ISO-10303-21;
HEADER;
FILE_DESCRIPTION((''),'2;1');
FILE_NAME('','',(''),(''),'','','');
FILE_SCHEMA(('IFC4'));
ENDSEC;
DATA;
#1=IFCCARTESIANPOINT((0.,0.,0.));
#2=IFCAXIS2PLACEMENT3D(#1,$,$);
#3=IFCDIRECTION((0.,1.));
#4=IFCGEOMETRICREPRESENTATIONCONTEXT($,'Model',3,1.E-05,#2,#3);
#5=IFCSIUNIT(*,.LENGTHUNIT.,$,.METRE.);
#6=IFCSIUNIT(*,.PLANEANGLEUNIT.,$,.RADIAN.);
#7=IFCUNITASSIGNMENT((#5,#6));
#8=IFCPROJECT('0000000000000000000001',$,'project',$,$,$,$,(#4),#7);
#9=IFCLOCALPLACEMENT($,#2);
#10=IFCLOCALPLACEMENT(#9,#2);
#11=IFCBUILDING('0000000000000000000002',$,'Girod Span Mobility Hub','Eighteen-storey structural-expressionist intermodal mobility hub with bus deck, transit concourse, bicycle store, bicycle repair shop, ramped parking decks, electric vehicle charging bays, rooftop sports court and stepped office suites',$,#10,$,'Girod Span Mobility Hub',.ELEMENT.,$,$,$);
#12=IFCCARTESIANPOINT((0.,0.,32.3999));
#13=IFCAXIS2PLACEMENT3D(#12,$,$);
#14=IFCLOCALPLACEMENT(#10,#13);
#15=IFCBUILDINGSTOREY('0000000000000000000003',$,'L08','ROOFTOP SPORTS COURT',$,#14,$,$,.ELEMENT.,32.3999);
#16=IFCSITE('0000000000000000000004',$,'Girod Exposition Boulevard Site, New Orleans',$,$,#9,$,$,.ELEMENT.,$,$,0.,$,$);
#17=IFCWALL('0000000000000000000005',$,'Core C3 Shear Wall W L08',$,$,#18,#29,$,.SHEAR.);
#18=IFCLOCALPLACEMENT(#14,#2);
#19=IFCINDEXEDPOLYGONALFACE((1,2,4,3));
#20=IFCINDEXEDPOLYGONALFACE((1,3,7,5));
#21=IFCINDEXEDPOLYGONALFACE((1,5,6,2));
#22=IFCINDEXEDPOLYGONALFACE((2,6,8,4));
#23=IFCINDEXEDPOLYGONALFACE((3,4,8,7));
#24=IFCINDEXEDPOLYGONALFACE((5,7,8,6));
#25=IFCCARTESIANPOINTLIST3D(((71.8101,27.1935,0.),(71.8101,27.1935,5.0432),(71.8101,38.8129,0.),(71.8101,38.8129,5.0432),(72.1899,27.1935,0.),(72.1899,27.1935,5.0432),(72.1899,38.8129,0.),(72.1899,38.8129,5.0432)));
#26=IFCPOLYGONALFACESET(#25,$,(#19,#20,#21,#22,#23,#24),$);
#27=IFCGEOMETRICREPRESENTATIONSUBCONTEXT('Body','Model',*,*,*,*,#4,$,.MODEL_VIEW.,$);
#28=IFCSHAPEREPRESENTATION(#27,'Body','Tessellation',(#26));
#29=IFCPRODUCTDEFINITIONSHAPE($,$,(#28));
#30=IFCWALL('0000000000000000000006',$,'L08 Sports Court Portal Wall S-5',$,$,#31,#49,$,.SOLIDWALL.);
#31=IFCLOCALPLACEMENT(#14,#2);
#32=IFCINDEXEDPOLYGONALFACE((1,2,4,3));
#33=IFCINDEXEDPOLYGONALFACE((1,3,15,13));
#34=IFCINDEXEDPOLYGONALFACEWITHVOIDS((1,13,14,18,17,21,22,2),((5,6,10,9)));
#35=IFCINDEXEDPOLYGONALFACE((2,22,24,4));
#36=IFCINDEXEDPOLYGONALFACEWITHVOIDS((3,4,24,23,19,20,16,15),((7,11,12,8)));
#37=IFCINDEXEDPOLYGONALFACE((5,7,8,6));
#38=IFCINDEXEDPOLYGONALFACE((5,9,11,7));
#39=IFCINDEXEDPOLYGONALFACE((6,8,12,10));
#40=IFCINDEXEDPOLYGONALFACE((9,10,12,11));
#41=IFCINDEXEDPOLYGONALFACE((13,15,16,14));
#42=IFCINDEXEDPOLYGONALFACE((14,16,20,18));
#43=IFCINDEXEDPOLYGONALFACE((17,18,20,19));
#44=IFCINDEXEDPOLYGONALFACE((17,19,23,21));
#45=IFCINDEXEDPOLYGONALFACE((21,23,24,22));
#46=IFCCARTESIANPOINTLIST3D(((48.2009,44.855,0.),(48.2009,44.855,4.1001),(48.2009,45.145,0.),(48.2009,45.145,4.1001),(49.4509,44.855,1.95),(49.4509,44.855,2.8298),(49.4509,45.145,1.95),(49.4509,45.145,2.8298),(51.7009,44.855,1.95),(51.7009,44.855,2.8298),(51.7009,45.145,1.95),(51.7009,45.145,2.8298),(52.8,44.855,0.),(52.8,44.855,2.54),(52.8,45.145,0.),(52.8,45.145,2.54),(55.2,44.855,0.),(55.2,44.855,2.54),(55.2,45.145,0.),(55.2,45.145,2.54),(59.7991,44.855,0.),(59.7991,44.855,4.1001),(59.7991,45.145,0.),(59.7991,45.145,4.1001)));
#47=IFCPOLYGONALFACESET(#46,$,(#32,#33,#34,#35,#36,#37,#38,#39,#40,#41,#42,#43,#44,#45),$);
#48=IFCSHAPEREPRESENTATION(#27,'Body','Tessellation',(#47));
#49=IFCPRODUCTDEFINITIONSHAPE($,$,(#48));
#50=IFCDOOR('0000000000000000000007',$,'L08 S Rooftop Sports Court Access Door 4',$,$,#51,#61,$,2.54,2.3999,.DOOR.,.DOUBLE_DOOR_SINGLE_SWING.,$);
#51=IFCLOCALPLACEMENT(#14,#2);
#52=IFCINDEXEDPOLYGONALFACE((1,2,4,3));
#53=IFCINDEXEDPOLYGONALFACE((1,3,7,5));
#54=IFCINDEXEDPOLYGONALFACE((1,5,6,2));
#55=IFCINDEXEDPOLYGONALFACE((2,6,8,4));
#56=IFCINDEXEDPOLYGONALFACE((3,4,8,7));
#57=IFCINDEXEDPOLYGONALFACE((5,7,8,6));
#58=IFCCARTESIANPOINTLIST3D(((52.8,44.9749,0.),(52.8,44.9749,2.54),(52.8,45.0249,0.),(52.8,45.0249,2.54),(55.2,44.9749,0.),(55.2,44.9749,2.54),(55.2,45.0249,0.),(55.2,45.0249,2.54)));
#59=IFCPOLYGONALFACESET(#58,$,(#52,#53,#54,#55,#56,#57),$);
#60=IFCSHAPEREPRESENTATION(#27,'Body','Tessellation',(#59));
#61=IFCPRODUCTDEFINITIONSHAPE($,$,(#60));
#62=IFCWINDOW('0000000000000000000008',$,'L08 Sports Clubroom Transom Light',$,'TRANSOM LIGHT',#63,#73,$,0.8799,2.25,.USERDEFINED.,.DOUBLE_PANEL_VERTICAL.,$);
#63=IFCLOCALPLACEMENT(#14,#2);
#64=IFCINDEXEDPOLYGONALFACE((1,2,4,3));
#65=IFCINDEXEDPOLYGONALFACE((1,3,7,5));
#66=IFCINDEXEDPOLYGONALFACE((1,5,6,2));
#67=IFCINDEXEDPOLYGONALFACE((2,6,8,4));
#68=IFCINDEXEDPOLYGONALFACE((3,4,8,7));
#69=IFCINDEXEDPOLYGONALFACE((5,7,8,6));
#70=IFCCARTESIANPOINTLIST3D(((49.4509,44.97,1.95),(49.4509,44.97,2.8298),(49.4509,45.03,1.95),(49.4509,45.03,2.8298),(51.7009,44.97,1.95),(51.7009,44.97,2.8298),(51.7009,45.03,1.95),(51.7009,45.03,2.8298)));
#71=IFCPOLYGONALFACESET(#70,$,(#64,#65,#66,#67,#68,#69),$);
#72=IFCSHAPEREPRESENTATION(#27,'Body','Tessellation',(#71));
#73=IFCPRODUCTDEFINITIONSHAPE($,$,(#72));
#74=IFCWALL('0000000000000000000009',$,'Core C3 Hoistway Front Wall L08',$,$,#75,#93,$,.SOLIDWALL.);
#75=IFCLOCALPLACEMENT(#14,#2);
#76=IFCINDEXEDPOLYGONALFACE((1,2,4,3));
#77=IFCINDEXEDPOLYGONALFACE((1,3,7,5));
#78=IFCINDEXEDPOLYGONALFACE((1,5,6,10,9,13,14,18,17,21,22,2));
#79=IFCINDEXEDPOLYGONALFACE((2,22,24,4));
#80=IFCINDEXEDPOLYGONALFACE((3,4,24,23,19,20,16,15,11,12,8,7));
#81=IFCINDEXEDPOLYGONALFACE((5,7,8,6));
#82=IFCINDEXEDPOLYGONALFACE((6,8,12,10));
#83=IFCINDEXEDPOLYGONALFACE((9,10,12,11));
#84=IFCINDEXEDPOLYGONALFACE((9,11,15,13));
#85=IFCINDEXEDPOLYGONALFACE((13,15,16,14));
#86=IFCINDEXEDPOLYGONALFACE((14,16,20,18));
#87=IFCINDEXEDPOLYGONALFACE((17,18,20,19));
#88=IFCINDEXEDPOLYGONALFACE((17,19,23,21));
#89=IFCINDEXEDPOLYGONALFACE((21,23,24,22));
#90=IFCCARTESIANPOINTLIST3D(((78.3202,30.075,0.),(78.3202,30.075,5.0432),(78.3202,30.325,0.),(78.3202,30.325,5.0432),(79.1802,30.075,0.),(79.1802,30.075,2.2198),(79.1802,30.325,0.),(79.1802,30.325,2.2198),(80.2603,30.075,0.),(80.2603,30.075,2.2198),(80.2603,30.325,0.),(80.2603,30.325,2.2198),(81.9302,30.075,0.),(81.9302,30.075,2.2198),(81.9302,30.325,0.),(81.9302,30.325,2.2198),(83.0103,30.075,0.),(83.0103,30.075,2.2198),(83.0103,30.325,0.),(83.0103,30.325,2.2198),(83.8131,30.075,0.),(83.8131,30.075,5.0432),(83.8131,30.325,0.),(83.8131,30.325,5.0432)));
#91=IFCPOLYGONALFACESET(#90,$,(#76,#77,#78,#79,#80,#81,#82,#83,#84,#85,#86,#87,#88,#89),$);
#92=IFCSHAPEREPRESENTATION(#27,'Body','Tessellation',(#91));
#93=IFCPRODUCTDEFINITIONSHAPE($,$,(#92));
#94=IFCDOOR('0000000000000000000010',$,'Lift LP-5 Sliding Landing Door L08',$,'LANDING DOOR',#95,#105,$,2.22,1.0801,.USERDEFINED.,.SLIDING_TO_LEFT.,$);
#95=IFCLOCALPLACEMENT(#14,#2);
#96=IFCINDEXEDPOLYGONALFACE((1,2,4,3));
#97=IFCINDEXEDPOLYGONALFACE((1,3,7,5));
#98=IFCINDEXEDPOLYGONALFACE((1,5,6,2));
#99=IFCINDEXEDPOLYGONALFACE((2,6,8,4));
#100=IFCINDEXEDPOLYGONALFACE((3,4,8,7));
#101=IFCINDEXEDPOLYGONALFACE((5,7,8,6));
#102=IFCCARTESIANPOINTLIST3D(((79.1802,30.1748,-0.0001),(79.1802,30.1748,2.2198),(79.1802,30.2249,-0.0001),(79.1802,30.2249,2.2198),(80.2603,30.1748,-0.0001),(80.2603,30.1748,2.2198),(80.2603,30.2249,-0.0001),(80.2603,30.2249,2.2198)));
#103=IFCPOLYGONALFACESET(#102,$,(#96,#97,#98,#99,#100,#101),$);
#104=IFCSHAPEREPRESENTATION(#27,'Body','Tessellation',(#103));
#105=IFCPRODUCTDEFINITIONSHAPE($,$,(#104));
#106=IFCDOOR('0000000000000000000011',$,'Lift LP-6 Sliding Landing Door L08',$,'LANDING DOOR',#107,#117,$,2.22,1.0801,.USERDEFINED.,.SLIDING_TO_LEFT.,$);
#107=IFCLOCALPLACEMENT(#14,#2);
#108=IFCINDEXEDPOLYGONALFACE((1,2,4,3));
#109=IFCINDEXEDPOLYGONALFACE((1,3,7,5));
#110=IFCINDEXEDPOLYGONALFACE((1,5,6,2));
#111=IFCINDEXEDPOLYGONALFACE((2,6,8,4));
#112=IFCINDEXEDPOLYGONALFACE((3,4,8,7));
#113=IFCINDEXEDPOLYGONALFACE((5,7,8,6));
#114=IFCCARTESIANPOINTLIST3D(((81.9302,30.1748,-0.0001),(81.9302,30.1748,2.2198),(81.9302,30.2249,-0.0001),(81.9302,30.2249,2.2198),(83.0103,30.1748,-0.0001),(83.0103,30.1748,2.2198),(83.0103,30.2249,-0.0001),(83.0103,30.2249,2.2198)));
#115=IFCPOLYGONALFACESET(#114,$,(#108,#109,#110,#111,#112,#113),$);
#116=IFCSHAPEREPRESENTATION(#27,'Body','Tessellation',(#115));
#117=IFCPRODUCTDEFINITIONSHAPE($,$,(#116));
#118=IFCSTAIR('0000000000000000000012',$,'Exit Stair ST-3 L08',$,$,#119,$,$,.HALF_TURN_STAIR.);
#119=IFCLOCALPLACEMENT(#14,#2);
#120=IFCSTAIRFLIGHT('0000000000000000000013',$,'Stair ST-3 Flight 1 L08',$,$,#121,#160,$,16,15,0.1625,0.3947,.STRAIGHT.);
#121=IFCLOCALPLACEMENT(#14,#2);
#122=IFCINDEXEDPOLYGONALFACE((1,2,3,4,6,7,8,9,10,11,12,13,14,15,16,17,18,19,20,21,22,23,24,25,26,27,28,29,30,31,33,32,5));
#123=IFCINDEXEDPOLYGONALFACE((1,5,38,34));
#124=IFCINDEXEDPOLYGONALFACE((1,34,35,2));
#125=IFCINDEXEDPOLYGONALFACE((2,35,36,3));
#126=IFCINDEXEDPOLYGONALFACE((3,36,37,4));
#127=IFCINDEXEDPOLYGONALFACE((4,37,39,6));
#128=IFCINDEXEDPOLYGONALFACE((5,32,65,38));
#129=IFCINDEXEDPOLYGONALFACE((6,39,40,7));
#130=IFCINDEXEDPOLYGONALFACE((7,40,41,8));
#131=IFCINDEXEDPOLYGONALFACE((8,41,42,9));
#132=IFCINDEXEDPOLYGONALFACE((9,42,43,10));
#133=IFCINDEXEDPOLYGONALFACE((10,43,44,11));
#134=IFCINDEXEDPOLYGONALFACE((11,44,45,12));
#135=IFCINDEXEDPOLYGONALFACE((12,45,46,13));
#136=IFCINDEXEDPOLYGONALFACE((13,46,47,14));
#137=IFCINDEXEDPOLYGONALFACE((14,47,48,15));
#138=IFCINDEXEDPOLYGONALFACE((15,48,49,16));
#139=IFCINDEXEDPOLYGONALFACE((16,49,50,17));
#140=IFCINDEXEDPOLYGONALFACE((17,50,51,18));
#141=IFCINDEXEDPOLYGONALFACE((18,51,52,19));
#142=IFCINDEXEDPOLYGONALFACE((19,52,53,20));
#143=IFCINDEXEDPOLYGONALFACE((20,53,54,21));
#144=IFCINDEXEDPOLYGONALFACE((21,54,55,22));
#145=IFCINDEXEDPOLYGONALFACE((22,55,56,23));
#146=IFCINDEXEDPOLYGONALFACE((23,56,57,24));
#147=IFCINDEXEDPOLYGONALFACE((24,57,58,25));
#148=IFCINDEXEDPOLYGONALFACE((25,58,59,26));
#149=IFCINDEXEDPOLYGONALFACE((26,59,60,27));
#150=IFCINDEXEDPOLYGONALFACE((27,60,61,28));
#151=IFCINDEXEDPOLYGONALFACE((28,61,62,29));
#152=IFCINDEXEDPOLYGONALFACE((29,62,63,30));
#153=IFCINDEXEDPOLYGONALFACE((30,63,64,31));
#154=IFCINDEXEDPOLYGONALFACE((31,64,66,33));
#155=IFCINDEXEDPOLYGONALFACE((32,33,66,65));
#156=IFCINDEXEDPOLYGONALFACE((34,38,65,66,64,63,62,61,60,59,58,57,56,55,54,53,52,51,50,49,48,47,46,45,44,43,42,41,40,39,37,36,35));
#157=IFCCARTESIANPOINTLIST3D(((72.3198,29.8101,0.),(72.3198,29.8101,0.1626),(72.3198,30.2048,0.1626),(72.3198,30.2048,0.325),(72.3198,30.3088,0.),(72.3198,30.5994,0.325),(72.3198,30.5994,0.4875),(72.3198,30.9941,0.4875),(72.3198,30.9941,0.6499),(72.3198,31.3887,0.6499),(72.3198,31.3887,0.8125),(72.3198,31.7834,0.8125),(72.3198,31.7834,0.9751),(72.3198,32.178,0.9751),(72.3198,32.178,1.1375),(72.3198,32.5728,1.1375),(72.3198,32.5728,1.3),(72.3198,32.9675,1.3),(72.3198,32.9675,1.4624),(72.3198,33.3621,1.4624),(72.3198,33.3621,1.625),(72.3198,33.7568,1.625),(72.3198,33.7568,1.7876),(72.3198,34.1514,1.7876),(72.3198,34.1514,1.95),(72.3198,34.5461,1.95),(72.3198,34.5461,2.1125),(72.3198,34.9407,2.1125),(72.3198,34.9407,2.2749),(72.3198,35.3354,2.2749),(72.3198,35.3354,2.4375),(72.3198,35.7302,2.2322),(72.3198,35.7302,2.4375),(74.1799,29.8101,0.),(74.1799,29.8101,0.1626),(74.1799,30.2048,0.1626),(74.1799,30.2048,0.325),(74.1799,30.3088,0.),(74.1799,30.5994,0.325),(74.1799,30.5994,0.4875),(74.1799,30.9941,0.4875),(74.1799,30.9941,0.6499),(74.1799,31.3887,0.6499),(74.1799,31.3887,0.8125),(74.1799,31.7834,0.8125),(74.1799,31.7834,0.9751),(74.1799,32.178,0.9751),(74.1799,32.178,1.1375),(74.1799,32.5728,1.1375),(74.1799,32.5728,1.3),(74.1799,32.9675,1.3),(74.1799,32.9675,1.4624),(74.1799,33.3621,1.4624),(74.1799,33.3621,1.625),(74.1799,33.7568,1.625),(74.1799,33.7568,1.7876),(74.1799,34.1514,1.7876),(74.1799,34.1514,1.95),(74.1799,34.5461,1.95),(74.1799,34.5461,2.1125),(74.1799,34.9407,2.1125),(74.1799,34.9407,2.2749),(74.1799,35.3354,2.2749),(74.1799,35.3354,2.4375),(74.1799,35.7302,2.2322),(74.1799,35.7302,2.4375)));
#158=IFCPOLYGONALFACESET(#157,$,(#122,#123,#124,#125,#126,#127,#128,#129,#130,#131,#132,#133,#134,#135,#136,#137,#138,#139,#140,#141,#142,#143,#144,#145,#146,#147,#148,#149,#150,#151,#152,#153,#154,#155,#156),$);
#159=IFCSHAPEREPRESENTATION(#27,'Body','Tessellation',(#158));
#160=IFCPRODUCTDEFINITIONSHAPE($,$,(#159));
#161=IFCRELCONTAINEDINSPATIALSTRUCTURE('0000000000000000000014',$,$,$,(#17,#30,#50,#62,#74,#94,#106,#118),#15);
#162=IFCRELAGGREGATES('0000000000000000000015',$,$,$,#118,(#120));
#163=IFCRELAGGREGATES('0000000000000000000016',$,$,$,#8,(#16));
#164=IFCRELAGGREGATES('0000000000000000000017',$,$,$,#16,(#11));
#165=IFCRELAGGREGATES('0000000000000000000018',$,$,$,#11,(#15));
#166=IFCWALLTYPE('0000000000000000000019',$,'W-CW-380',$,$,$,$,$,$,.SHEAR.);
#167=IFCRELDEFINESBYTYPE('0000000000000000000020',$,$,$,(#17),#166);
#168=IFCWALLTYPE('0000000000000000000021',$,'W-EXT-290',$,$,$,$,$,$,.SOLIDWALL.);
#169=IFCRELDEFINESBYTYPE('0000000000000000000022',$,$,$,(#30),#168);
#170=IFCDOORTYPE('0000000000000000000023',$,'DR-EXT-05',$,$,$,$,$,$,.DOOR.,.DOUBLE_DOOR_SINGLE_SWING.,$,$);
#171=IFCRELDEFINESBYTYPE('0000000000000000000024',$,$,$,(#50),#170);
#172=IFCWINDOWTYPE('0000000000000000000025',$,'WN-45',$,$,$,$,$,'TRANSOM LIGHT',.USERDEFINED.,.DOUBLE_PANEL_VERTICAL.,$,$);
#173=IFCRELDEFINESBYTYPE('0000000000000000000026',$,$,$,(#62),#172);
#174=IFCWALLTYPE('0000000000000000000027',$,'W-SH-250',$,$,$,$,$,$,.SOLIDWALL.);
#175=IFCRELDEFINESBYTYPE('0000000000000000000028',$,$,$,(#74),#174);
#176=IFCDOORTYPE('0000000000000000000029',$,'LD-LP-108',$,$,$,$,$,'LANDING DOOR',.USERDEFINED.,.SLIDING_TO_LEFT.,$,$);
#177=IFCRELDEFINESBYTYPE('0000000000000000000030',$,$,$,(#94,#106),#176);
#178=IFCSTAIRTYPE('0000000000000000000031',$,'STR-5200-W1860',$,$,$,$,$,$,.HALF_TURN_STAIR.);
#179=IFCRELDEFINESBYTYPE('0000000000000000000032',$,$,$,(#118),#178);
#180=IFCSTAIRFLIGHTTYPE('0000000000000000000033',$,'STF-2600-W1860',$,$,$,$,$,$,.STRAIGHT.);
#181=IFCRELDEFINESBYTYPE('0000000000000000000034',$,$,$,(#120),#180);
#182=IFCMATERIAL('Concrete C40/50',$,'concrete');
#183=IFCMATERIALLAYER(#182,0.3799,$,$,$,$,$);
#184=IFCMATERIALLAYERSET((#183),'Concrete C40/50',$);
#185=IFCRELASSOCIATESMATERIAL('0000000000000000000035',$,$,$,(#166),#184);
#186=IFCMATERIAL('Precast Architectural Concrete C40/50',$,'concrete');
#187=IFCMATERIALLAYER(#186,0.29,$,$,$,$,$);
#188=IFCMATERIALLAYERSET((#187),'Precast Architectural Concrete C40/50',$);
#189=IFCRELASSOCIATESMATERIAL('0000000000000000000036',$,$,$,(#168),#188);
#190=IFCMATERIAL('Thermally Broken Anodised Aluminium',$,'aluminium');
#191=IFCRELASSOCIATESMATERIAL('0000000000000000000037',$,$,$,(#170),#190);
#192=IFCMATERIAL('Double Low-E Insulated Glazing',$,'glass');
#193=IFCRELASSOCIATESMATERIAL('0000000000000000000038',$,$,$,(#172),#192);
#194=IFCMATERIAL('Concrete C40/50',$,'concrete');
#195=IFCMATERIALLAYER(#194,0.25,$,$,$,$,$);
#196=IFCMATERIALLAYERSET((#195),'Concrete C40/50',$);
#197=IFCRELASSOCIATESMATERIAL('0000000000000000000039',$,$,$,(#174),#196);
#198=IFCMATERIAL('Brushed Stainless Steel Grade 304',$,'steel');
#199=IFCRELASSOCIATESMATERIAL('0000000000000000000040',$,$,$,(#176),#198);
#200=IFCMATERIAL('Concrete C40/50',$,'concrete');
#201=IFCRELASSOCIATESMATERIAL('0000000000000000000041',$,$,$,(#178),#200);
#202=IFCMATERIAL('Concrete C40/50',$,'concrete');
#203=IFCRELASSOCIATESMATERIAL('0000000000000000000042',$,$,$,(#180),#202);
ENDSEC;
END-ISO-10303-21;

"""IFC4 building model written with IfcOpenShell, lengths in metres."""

from ifc_helpers import new_model, si_unit, direction, frame, frame_2d, origin, place, context, subcontext, project, spatial, polyline, rectangle, outline, extrude, material, layer, layer_set, type_object, element, fill, aggregate, save


model = new_model("IFC4")

# Units and contexts
model_context = context("Model", 3, precision=1e-05, world=origin(), true_north=direction((0.0, 1.0)))
body_context = subcontext(model_context, "Body", "Model", "MODEL_VIEW")
ifc_project = project(units=[si_unit("LENGTHUNIT", "METRE"), si_unit("PLANEANGLEUNIT", "RADIAN")], contexts=[model_context])

# Site, building, storey
site_placement = place(None, origin())
site = spatial("IfcSite", under=ifc_project, at=site_placement, Name="Girod Exposition Boulevard Site, New Orleans", CompositionType="ELEMENT", RefElevation=0.0)
building_placement = place(site_placement, origin())
building = spatial("IfcBuilding", under=site, at=building_placement, Name="Girod Span Mobility Hub", Description="Eighteen-storey structural-expressionist intermodal mobility hub with bus deck, transit concourse, bicycle store, bicycle repair shop, ramped parking decks, electric vehicle charging bays, rooftop sports court and stepped office suites", LongName="Girod Span Mobility Hub", CompositionType="ELEMENT")
storey_placement = place(building_placement, frame((0.0, 0.0, 32.3999)))
storey = spatial("IfcBuildingStorey", under=building, at=storey_placement, Name="L08", Description="ROOFTOP SPORTS COURT", CompositionType="ELEMENT", Elevation=32.3999)

# Shared definitions
ifc_material_1 = material(Name="Concrete C40/50", Category="concrete")
ifc_layer_1 = layer(ifc_material_1, 0.3799)
ifc_layer_set_1 = layer_set([ifc_layer_1], Name="Concrete C40/50")
wall_type_1 = type_object("IfcWallType", Name="W-CW-380", PredefinedType="SHEAR", material=ifc_layer_set_1)

# Wall
wall_1_placement = place(storey_placement, frame((72.0, 27.1936, 0.0), z_axis=(0.0, 0.0, 1.0), x_axis=(0.0, 1.0, 0.0)))
element("IfcWall", 1, at=wall_1_placement, inside=storey, type_object=wall_type_1, Name="Core C3 Shear Wall W L08", PredefinedType="SHEAR", context=body_context, shape_type="SweptSolid", body=[
    extrude(rectangle(XDim=11.6194, YDim=0.3799, at=frame_2d((5.8096, 0.0))), origin(), (0.0, 0.0, 1.0), 5.0432),
])

# Wall, openings, door, window
ifc_material_2 = material(Name="Precast Architectural Concrete C40/50", Category="concrete")
ifc_layer_2 = layer(ifc_material_2, 0.29)
ifc_layer_set_2 = layer_set([ifc_layer_2], Name="Precast Architectural Concrete C40/50")
wall_type_2 = type_object("IfcWallType", Name="W-EXT-290", PredefinedType="SOLIDWALL", material=ifc_layer_set_2)
wall_2_placement = place(storey_placement, frame((48.2009, 45.0, 0.0), z_axis=(0.0, 0.0, 1.0), x_axis=(1.0, 0.0, 0.0)))
wall_2 = element("IfcWall", 2, at=wall_2_placement, inside=storey, type_object=wall_type_2, Name="L08 Sports Court Portal Wall S-5", PredefinedType="SOLIDWALL", context=body_context, shape_type="SweptSolid", body=[
    extrude(rectangle(XDim=11.5981, YDim=0.29, at=frame_2d((5.7991, 0.0))), origin(), (0.0, 0.0, 1.0), 4.1001),
])
opening_1_placement = place(wall_2_placement, frame((4.5991, 0.0, 0.0)))
opening_1 = element("IfcOpeningElement", 3, at=opening_1_placement, cuts=wall_2, PredefinedType="OPENING", context=body_context, shape_type="SweptSolid", body=[
    extrude(rectangle(XDim=2.3999, YDim=2.54, at=frame_2d((1.2, 1.27))), frame((0.0, 0.1599, 0.0), z_axis=(0.0, -1.0, 0.0), x_axis=(1.0, 0.0, 0.0)), (0.0, 0.0, 1.0), 0.3201),
])
opening_2_placement = place(wall_2_placement, frame((1.25, 0.0, 1.95)))
opening_2 = element("IfcOpeningElement", 4, at=opening_2_placement, cuts=wall_2, PredefinedType="OPENING", context=body_context, shape_type="SweptSolid", body=[
    extrude(rectangle(XDim=2.25, YDim=0.8799, at=frame_2d((1.125, 0.4399))), frame((0.0, 0.1599, 0.0), z_axis=(0.0, -1.0, 0.0), x_axis=(1.0, 0.0, 0.0)), (0.0, 0.0, 1.0), 0.3201),
])
ifc_material_3 = material(Name="Thermally Broken Anodised Aluminium", Category="aluminium")
door_type_1 = type_object("IfcDoorType", Name="DR-EXT-05", OperationType="DOUBLE_DOOR_SINGLE_SWING", PredefinedType="DOOR", material=ifc_material_3)
door_1_placement = place(opening_1_placement, origin())
door_1 = element("IfcDoor", 5, at=door_1_placement, inside=storey, type_object=door_type_1, Name="L08 S Rooftop Sports Court Access Door 4", OperationType="DOUBLE_DOOR_SINGLE_SWING", OverallHeight=2.54, OverallWidth=2.3999, PredefinedType="DOOR", context=body_context, shape_type="SweptSolid", body=[
    extrude(rectangle(XDim=2.3999, YDim=2.54, at=frame_2d((1.2, 1.27))), frame((0.0, 0.0249, 0.0), z_axis=(0.0, -1.0, 0.0), x_axis=(1.0, 0.0, 0.0)), (0.0, 0.0, 1.0), 0.05),
])
fill(opening_1, door_1)
ifc_material_4 = material(Name="Double Low-E Insulated Glazing", Category="glass")
window_type = type_object("IfcWindowType", Name="WN-45", ElementType="TRANSOM LIGHT", PartitioningType="DOUBLE_PANEL_VERTICAL", PredefinedType="USERDEFINED", material=ifc_material_4)
window_placement = place(opening_2_placement, origin())
window = element("IfcWindow", 6, at=window_placement, inside=storey, type_object=window_type, Name="L08 Sports Clubroom Transom Light", ObjectType="TRANSOM LIGHT", OverallHeight=0.8799, OverallWidth=2.25, PartitioningType="DOUBLE_PANEL_VERTICAL", PredefinedType="USERDEFINED", context=body_context, shape_type="SweptSolid", body=[
    extrude(rectangle(XDim=2.25, YDim=0.8799, at=frame_2d((1.125, 0.4399))), frame((0.0, 0.03, 0.0), z_axis=(0.0, -1.0, 0.0), x_axis=(1.0, 0.0, 0.0)), (0.0, 0.0, 1.0), 0.0601),
])
fill(opening_2, window)

# Wall, openings, doors
ifc_material_5 = material(Name="Concrete C40/50", Category="concrete")
ifc_layer_3 = layer(ifc_material_5, 0.25)
ifc_layer_set_3 = layer_set([ifc_layer_3], Name="Concrete C40/50")
wall_type_3 = type_object("IfcWallType", Name="W-SH-250", PredefinedType="SOLIDWALL", material=ifc_layer_set_3)
wall_3_placement = place(storey_placement, frame((78.3201, 30.2, 0.0), z_axis=(0.0, 0.0, 1.0), x_axis=(1.0, 0.0, 0.0)))
wall_3 = element("IfcWall", 7, at=wall_3_placement, inside=storey, type_object=wall_type_3, Name="Core C3 Hoistway Front Wall L08", PredefinedType="SOLIDWALL", context=body_context, shape_type="SweptSolid", body=[
    extrude(rectangle(XDim=5.4929, YDim=0.25, at=frame_2d((2.7466, 0.0))), origin(), (0.0, 0.0, 1.0), 5.0432),
])
opening_3_placement = place(wall_3_placement, frame((0.8601, 0.0, 0.0)))
opening_3 = element("IfcOpeningElement", 8, at=opening_3_placement, cuts=wall_3, PredefinedType="OPENING", context=body_context, shape_type="SweptSolid", body=[
    extrude(rectangle(XDim=1.0801, YDim=2.22, at=frame_2d((0.54, 1.1099))), frame((0.0, 0.1399, 0.0), z_axis=(0.0, -1.0, 0.0), x_axis=(1.0, 0.0, 0.0)), (0.0, 0.0, 1.0), 0.28),
])
opening_4_placement = place(wall_3_placement, frame((3.6101, 0.0, 0.0)))
opening_4 = element("IfcOpeningElement", 9, at=opening_4_placement, cuts=wall_3, PredefinedType="OPENING", context=body_context, shape_type="SweptSolid", body=[
    extrude(rectangle(XDim=1.0801, YDim=2.22, at=frame_2d((0.54, 1.1099))), frame((0.0, 0.1399, 0.0), z_axis=(0.0, -1.0, 0.0), x_axis=(1.0, 0.0, 0.0)), (0.0, 0.0, 1.0), 0.28),
])
ifc_material_6 = material(Name="Brushed Stainless Steel Grade 304", Category="steel")
door_type_2 = type_object("IfcDoorType", Name="LD-LP-108", ElementType="LANDING DOOR", OperationType="SLIDING_TO_LEFT", PredefinedType="USERDEFINED", material=ifc_material_6)
door_2_placement = place(opening_3_placement, origin())
door_2 = element("IfcDoor", 10, at=door_2_placement, inside=storey, type_object=door_type_2, Name="Lift LP-5 Sliding Landing Door L08", ObjectType="LANDING DOOR", OperationType="SLIDING_TO_LEFT", OverallHeight=2.22, OverallWidth=1.0801, PredefinedType="USERDEFINED", context=body_context, shape_type="SweptSolid", body=[
    extrude(rectangle(XDim=1.0801, YDim=2.22, at=frame_2d((0.54, 1.1099))), frame((0.0, 0.0249, 0.0), z_axis=(0.0, -1.0, 0.0), x_axis=(1.0, 0.0, 0.0)), (0.0, 0.0, 1.0), 0.05),
])
fill(opening_3, door_2)
door_3_placement = place(opening_4_placement, origin())
door_3 = element("IfcDoor", 11, at=door_3_placement, inside=storey, type_object=door_type_2, Name="Lift LP-6 Sliding Landing Door L08", ObjectType="LANDING DOOR", OperationType="SLIDING_TO_LEFT", OverallHeight=2.22, OverallWidth=1.0801, PredefinedType="USERDEFINED", context=body_context, shape_type="SweptSolid", body=[
    extrude(rectangle(XDim=1.0801, YDim=2.22, at=frame_2d((0.54, 1.1099))), frame((0.0, 0.0249, 0.0), z_axis=(0.0, -1.0, 0.0), x_axis=(1.0, 0.0, 0.0)), (0.0, 0.0, 1.0), 0.05),
])
fill(opening_4, door_3)

# Stair, stair flight
ifc_material_7 = material(Name="Concrete C40/50", Category="concrete")
stair_type = type_object("IfcStairType", Name="STR-5200-W1860", PredefinedType="HALF_TURN_STAIR", material=ifc_material_7)
stair_placement = place(storey_placement, origin())
stair = element("IfcStair", 12, at=stair_placement, inside=storey, type_object=stair_type, Name="Exit Stair ST-3 L08", PredefinedType="HALF_TURN_STAIR")
ifc_material_8 = material(Name="Concrete C40/50", Category="concrete")
stair_flight_type = type_object("IfcStairFlightType", Name="STF-2600-W1860", PredefinedType="STRAIGHT", material=ifc_material_8)
stair_flight_1_placement = place(storey_placement, frame((73.25, 29.8101, 0.0), z_axis=(0.0, 0.0, 1.0), x_axis=(0.0, 1.0, 0.0)))
stair_flight_1 = element("IfcStairFlight", 13, at=stair_flight_1_placement, type_object=stair_flight_type, Name="Stair ST-3 Flight 1 L08", NumberOfRisers=16, NumberOfTreads=15, PredefinedType="STRAIGHT", RiserHeight=0.1625, TreadLength=0.3947, context=body_context, shape_type="SweptSolid", body=[
    extrude(outline(polyline([(0.0, 0.0), (0.0, 0.1626), (0.3948, 0.1626), (0.3948, 0.325), (0.7893, 0.325), (0.7893, 0.4875), (1.1841, 0.4875), (1.1841, 0.6499), (1.5786, 0.6499), (1.5786, 0.8125), (1.9734, 0.8125), (1.9734, 0.9751), (2.3679, 0.9751), (2.3679, 1.1375), (2.7627, 1.1375), (2.7627, 1.3), (3.1575, 1.3), (3.1575, 1.4624), (3.552, 1.4624), (3.552, 1.625), (3.9468, 1.625), (3.9468, 1.7876), (4.3413, 1.7876), (4.3413, 1.95), (4.7361, 1.95), (4.7361, 2.1125), (5.1306, 2.1125), (5.1306, 2.2749), (5.5254, 2.2749), (5.5254, 2.4375), (5.9202, 2.4375), (5.9202, 2.6001), (5.9202, 2.2322), (0.4988, 0.0), (0.0, 0.0)])), frame((0.0, 0.9302, 0.0), z_axis=(0.0, -1.0, 0.0), x_axis=(1.0, 0.0, 0.0)), (0.0, 0.0, 1.0), 1.8601),
])
aggregate(stair, [stair_flight_1])

save(model, "model.ifc")
